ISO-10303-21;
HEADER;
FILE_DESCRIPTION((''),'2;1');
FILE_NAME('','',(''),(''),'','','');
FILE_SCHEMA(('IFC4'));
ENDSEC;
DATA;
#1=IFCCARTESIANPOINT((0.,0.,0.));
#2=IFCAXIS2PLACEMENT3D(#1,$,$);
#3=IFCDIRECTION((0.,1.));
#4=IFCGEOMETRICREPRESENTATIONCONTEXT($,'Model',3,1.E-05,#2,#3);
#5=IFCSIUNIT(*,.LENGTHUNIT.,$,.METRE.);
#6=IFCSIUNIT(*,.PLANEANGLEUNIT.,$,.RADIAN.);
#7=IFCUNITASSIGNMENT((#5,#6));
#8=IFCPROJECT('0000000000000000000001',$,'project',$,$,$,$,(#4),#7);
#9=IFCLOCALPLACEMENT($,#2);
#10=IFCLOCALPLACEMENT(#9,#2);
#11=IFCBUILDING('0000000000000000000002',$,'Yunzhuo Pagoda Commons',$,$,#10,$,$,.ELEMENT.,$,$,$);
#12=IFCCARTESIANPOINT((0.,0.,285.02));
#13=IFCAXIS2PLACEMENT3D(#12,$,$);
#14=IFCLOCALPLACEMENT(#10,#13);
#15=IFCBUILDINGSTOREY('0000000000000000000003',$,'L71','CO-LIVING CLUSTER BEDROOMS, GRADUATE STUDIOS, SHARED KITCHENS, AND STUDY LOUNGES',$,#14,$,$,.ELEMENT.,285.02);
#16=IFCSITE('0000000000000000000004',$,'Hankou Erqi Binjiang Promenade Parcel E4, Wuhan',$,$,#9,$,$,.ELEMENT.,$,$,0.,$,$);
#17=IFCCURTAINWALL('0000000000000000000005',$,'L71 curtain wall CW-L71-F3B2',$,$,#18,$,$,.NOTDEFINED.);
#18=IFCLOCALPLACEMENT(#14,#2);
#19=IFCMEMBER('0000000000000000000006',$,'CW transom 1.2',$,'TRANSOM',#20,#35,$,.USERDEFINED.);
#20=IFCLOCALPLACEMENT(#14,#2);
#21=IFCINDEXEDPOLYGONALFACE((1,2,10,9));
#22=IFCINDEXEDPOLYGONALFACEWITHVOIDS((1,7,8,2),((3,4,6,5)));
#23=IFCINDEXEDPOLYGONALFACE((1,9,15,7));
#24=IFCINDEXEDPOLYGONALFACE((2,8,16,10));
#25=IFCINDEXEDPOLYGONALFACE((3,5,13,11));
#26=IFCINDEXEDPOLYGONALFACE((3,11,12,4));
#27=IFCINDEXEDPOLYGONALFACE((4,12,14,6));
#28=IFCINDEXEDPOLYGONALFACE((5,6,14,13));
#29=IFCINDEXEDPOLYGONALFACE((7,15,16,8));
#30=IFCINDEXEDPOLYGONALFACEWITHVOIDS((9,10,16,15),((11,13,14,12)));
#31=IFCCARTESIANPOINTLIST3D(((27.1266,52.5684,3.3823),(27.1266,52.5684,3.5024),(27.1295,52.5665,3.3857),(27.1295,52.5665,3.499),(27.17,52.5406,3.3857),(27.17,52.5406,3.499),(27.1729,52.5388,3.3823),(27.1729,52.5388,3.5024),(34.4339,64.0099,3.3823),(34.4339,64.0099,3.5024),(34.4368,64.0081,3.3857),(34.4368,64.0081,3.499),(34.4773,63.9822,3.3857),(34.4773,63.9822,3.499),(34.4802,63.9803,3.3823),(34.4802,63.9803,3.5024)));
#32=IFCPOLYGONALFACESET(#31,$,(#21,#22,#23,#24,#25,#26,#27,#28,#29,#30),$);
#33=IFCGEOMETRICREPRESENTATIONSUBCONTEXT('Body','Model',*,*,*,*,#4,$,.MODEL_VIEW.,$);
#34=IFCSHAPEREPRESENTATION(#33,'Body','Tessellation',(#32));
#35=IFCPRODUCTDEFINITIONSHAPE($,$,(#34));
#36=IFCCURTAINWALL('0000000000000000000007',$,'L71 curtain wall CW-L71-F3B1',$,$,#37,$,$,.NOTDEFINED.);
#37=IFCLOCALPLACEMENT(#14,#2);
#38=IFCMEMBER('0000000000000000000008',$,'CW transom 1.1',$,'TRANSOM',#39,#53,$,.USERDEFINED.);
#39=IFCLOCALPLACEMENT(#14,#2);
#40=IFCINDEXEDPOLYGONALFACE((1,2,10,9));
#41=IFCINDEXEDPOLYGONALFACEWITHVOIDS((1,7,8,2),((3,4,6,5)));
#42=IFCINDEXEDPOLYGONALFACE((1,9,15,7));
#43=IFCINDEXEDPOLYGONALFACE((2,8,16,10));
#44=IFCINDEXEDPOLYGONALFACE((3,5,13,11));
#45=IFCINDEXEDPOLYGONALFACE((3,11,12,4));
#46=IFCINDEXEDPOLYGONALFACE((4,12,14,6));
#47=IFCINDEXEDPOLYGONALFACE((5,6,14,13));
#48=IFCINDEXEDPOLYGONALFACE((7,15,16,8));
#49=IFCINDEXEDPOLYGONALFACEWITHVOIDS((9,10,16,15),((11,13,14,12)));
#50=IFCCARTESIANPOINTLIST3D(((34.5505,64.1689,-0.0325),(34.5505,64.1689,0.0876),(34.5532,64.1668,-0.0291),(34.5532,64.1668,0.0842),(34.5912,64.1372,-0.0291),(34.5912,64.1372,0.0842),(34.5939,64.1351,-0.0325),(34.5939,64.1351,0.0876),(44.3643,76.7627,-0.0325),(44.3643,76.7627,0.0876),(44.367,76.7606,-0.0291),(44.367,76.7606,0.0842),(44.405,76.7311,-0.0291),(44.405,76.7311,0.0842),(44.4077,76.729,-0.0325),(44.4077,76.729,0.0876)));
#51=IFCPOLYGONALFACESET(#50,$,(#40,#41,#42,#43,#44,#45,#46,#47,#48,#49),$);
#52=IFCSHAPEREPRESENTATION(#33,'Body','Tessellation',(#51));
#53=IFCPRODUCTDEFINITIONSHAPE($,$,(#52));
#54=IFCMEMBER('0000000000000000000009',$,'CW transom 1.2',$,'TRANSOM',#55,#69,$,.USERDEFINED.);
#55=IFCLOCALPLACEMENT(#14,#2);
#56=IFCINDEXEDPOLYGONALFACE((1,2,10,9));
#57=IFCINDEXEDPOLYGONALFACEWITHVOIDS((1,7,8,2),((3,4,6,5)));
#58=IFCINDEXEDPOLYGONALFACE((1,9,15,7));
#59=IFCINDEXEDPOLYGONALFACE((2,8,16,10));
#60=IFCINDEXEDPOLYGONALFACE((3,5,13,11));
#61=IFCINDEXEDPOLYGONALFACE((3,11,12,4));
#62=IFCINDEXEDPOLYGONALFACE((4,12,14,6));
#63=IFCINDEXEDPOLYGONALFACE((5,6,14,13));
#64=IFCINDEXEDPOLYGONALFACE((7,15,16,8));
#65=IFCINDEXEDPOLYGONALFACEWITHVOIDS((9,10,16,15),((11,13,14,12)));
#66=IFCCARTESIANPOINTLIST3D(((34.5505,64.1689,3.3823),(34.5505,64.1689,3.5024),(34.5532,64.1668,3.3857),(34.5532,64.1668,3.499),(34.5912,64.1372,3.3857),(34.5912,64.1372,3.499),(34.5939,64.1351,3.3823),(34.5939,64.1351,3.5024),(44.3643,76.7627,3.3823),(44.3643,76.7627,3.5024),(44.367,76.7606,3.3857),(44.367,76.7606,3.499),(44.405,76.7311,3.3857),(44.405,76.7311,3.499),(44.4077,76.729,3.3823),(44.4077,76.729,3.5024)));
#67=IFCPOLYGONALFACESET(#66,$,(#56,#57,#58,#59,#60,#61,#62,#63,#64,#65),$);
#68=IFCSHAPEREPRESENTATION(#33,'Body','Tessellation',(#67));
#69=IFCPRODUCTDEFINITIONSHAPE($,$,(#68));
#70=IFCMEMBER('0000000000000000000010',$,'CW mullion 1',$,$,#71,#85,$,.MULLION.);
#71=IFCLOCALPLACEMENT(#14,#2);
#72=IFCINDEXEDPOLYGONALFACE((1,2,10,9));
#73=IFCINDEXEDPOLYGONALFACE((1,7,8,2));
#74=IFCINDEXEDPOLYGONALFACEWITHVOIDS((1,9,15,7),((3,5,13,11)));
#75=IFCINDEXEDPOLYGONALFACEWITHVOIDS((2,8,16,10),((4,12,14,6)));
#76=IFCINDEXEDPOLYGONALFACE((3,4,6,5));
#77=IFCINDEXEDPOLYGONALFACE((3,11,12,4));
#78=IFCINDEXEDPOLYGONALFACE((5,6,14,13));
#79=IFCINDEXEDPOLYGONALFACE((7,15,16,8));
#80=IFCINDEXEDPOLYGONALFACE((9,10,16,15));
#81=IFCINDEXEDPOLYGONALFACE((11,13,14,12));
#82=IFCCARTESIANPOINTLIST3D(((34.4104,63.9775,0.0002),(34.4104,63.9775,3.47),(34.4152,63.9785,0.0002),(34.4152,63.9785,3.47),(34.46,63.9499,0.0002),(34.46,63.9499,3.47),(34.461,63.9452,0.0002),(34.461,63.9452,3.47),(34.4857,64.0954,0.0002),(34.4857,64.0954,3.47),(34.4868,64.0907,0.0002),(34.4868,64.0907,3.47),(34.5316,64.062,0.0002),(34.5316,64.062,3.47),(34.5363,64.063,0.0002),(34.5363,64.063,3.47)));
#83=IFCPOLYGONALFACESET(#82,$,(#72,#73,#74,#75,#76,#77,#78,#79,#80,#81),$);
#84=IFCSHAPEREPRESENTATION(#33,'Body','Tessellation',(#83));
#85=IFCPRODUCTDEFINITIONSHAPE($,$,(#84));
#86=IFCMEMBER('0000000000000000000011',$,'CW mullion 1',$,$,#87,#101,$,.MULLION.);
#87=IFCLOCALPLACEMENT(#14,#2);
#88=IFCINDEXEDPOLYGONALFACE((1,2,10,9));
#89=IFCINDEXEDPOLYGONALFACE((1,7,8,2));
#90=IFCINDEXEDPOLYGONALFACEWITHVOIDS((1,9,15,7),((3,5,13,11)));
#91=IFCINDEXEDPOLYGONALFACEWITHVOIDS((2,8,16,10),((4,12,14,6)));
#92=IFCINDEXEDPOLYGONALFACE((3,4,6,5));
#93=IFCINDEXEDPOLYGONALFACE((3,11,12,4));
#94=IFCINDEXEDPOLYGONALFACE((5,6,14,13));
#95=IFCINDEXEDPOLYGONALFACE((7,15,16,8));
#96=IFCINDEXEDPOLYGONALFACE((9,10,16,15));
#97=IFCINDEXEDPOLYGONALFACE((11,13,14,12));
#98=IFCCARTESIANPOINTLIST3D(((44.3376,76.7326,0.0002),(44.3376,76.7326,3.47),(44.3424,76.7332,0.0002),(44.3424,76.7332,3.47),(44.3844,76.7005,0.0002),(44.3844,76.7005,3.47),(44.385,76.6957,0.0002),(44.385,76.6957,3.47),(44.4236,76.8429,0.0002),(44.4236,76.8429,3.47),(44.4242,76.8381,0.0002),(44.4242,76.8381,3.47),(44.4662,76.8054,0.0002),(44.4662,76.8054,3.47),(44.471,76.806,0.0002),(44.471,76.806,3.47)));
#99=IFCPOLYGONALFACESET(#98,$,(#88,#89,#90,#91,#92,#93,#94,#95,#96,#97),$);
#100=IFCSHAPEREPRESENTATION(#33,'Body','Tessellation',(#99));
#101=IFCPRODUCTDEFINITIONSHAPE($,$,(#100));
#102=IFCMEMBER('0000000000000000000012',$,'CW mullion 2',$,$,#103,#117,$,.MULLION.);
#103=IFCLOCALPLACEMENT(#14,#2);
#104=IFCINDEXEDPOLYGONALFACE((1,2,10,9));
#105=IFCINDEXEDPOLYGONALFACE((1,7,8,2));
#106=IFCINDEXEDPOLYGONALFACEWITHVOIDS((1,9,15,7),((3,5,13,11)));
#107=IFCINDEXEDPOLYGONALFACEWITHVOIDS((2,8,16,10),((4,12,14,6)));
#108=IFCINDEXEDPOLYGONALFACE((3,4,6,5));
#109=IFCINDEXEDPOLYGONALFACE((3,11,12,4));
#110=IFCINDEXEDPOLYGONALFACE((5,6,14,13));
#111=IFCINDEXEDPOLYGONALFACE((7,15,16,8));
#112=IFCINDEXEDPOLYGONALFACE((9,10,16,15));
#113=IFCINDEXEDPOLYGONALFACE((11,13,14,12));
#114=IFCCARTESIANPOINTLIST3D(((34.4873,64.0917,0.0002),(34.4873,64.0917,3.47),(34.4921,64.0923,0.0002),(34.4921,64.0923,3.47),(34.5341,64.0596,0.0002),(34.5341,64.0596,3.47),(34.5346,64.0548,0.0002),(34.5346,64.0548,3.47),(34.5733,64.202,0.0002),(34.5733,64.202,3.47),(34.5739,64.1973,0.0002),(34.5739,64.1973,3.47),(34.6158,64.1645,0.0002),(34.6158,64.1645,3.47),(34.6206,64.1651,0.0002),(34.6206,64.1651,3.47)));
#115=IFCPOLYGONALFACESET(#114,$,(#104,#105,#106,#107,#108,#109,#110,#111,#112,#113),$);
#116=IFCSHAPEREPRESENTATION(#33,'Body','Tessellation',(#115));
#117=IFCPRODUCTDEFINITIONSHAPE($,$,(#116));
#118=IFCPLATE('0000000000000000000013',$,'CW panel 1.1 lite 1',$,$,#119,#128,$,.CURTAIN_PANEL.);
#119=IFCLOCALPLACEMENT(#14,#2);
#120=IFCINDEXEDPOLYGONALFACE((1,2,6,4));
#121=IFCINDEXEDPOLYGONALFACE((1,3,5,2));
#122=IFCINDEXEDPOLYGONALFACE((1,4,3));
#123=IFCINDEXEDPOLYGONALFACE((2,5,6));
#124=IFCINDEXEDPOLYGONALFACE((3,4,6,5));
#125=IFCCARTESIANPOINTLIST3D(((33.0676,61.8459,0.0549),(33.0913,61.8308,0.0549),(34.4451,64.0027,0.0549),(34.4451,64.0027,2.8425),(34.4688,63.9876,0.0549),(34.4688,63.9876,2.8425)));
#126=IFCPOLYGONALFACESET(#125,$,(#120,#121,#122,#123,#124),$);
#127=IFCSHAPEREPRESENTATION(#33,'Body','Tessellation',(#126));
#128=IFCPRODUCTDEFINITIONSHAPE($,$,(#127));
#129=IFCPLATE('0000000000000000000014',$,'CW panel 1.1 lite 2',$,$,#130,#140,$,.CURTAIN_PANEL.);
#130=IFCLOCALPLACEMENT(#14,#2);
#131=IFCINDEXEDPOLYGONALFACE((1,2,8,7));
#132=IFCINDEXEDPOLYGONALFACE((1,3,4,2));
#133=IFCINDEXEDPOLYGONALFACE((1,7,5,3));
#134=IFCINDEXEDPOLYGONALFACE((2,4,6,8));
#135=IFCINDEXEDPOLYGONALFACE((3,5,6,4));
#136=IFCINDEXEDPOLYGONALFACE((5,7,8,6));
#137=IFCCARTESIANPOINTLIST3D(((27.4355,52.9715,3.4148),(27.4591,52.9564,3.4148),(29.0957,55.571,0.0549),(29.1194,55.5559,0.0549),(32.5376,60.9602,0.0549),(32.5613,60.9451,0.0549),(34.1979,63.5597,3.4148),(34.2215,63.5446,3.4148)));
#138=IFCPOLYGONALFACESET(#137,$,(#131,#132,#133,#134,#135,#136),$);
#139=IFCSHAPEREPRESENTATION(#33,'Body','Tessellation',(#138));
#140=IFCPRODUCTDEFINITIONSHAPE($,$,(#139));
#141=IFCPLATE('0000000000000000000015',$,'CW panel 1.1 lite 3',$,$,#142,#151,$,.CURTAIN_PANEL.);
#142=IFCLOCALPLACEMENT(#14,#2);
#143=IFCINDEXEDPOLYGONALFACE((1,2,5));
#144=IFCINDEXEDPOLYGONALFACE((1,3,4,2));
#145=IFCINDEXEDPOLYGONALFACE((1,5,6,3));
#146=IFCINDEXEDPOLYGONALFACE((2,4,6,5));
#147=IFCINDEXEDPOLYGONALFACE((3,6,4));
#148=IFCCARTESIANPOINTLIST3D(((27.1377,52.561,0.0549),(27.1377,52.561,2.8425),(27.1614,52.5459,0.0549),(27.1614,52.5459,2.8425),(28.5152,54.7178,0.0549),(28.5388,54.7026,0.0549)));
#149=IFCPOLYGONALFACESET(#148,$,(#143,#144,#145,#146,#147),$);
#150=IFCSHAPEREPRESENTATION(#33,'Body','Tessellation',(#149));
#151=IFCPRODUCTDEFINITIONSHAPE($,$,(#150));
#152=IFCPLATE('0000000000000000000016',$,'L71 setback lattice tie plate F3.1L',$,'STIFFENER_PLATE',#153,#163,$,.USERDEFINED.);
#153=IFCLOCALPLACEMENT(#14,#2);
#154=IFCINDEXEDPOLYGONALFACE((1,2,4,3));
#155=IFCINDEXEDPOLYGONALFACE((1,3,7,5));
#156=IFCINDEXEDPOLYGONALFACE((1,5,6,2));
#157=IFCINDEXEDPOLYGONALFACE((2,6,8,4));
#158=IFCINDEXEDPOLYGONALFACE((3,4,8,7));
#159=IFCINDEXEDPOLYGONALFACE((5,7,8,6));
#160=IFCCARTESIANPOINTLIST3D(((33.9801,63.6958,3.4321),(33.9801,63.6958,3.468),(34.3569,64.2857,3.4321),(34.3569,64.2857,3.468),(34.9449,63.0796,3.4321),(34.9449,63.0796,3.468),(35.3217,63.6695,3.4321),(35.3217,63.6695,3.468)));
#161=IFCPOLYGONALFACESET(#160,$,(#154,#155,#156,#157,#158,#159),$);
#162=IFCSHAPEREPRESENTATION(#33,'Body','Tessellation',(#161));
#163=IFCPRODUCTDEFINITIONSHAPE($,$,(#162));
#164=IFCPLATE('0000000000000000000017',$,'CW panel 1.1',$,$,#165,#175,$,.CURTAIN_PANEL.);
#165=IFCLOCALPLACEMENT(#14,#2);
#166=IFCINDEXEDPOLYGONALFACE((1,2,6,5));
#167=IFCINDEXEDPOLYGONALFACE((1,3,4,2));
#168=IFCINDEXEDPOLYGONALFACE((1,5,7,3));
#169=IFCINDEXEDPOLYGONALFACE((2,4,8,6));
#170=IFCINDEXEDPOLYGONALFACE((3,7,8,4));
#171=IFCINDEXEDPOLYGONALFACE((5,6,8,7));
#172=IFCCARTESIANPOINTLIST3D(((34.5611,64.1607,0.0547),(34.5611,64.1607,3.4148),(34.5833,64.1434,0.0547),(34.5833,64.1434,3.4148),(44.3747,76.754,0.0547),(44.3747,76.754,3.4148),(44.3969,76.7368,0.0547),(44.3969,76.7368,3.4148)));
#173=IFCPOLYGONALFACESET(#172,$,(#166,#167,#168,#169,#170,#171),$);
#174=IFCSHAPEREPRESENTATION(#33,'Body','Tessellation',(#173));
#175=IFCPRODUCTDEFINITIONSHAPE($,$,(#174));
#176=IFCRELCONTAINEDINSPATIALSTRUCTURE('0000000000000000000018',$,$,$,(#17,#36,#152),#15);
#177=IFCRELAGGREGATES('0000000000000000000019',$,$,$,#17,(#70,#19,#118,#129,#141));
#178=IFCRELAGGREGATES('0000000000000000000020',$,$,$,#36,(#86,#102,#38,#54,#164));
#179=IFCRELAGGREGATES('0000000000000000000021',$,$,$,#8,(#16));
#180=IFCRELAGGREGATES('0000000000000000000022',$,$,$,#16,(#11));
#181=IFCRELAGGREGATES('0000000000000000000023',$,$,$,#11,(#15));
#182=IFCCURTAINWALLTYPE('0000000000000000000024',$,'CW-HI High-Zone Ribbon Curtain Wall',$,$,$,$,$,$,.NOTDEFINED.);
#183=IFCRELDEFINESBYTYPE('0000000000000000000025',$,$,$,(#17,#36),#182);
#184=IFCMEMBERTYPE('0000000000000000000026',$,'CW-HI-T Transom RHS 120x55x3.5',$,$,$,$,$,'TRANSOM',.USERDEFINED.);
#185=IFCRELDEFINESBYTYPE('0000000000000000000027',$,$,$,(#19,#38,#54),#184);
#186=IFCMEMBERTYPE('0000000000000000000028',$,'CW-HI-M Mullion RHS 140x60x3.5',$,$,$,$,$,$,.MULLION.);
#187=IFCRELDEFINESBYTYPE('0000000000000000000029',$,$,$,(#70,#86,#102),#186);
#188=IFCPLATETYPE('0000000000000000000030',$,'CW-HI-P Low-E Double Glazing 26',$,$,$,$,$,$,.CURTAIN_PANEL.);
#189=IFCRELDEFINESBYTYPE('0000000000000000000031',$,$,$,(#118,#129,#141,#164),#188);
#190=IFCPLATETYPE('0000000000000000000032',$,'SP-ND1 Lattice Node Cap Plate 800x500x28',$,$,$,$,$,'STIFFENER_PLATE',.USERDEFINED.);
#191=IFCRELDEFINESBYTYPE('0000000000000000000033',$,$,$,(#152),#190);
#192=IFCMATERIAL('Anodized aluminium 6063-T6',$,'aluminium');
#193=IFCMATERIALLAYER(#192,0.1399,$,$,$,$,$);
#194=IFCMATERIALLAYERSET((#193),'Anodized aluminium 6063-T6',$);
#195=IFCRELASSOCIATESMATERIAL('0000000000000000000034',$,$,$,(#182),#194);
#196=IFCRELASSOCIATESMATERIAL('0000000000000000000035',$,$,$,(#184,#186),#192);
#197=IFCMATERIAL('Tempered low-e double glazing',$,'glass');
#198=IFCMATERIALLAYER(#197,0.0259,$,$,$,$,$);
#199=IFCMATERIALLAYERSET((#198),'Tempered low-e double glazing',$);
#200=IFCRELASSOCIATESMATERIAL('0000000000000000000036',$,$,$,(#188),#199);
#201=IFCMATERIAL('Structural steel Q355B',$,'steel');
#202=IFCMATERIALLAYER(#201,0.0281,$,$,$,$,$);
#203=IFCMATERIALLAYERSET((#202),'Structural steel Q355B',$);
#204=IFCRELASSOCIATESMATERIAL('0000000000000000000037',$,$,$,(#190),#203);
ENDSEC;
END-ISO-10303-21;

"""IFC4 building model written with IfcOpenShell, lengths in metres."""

from ifc_helpers import new_model, si_unit, direction, frame, origin, origin_2d, place, context, subcontext, project, spatial, polyline, rectangle, hollow_rectangle, outline, extrude, source, transform, mapped, material, layer, layer_set, material_profile, profile_set, type_object, element, aggregate, save


model = new_model("IFC4")

# Units and contexts
model_context = context("Model", 3, precision=1e-05, world=origin(), true_north=direction((0.0, 1.0)))
body_context = subcontext(model_context, "Body", "Model", "MODEL_VIEW")
ifc_project = project(units=[si_unit("LENGTHUNIT", "METRE"), si_unit("PLANEANGLEUNIT", "RADIAN")], contexts=[model_context])

# Site, building, storey
site_placement = place(None, origin())
site = spatial("IfcSite", under=ifc_project, at=site_placement, Name="Hankou Erqi Binjiang Promenade Parcel E4, Wuhan", CompositionType="ELEMENT", RefElevation=0.0)
building_placement = place(site_placement, origin())
building = spatial("IfcBuilding", under=site, at=building_placement, Name="Yunzhuo Pagoda Commons", CompositionType="ELEMENT")
storey_placement = place(building_placement, frame((0.0, 0.0, 285.02)))
storey = spatial("IfcBuildingStorey", under=building, at=storey_placement, Name="L71", Description="CO-LIVING CLUSTER BEDROOMS, GRADUATE STUDIOS, SHARED KITCHENS, AND STUDY LOUNGES", CompositionType="ELEMENT", Elevation=285.02)

# Shared definitions
ifc_material_1 = material(Name="Structural steel Q355B", Category="steel")

# Curtain walls, members
ifc_material_2 = material(Name="Anodized aluminium 6063-T6", Category="aluminium")
ifc_layer_1 = layer(ifc_material_2, 0.1399)
ifc_layer_set_1 = layer_set([ifc_layer_1], Name="Anodized aluminium 6063-T6")
curtain_wall_type = type_object("IfcCurtainWallType", Name="CW-HI High-Zone Ribbon Curtain Wall", PredefinedType="NOTDEFINED", material=ifc_layer_set_1)
curtain_wall_1_placement = place(storey_placement, origin())
curtain_wall_1 = element("IfcCurtainWall", 1, at=curtain_wall_1_placement, inside=storey, type_object=curtain_wall_type, Name="L71 curtain wall CW-L71-F3B2", PredefinedType="NOTDEFINED")
ifc_material_profile_1 = material_profile(ifc_material_2, hollow_rectangle(XDim=0.0549, YDim=0.1201, WallThickness=0.0034, at=origin_2d()), Name="Anodized aluminium 6063-T6")
ifc_profile_set_1 = profile_set([ifc_material_profile_1], Name="Anodized aluminium 6063-T6")
member_type_1 = type_object("IfcMemberType", Name="CW-HI-T Transom RHS 120x55x3.5", ElementType="TRANSOM", PredefinedType="USERDEFINED", material=ifc_profile_set_1)
shared_shape_1 = source(origin(), body_context, "Body", "SweptSolid", [
    extrude(hollow_rectangle(XDim=0.0549, YDim=0.1201, WallThickness=0.0034, at=origin_2d()), origin(), (0.0, 0.0, 1.0), 13.5759),
])
member_1_placement = place(storey_placement, frame((34.457, 63.9951, 3.4424), z_axis=(-0.538255, -0.842782, 0.0), x_axis=(0.842782, -0.538255, 0.0)))
member_1 = element("IfcMember", 2, at=member_1_placement, type_object=member_type_1, Name="CW transom 1.2", ObjectType="TRANSOM", PredefinedType="USERDEFINED", context=body_context, shape_type="MappedRepresentation", body=[
    mapped(shared_shape_1, transform((0.0, 0.0, 0.0), scale=1.0)),
])
curtain_wall_2_placement = place(storey_placement, origin())
curtain_wall_2 = element("IfcCurtainWall", 3, at=curtain_wall_2_placement, inside=storey, type_object=curtain_wall_type, Name="L71 curtain wall CW-L71-F3B1", PredefinedType="NOTDEFINED")
shared_shape_2 = source(origin(), body_context, "Body", "SweptSolid", [
    extrude(hollow_rectangle(XDim=0.0549, YDim=0.1201, WallThickness=0.0034, at=origin_2d()), origin(), (0.0, 0.0, 1.0), 15.9661),
])
member_2_placement = place(storey_placement, frame((44.386, 76.7458, 0.0276), z_axis=(-0.614666, -0.788788, 0.0), x_axis=(0.788788, -0.614666, 0.0)))
member_2 = element("IfcMember", 4, at=member_2_placement, type_object=member_type_1, Name="CW transom 1.1", ObjectType="TRANSOM", PredefinedType="USERDEFINED", context=body_context, shape_type="MappedRepresentation", body=[
    mapped(shared_shape_2, transform((0.0, 0.0, 0.0), scale=1.0)),
])
member_3_placement = place(storey_placement, frame((44.386, 76.7458, 3.4424), z_axis=(-0.614666, -0.788788, 0.0), x_axis=(0.788788, -0.614666, 0.0)))
member_3 = element("IfcMember", 5, at=member_3_placement, type_object=member_type_1, Name="CW transom 1.2", ObjectType="TRANSOM", PredefinedType="USERDEFINED", context=body_context, shape_type="MappedRepresentation", body=[
    mapped(shared_shape_2, transform((0.0, 0.0, 0.0), scale=1.0)),
])

# Members
ifc_material_profile_2 = material_profile(ifc_material_2, hollow_rectangle(XDim=0.0601, YDim=0.1399, WallThickness=0.0034, at=origin_2d()), Name="Anodized aluminium 6063-T6")
ifc_profile_set_2 = profile_set([ifc_material_profile_2], Name="Anodized aluminium 6063-T6")
member_type_2 = type_object("IfcMemberType", Name="CW-HI-M Mullion RHS 140x60x3.5", PredefinedType="MULLION", material=ifc_profile_set_2)
shared_shape_3 = source(origin(), body_context, "Body", "SweptSolid", [
    extrude(hollow_rectangle(XDim=0.0601, YDim=0.1399, WallThickness=0.0034, at=origin_2d()), origin(), (0.0, 0.0, 1.0), 3.4697),
])
member_4_placement = place(storey_placement, frame((34.4734, 64.0203, 0.0002), z_axis=(0.0, 0.0, 1.0), x_axis=(0.842779, -0.53826, 0.0)))
member_4 = element("IfcMember", 6, at=member_4_placement, type_object=member_type_2, Name="CW mullion 1", PredefinedType="MULLION", context=body_context, shape_type="MappedRepresentation", body=[
    mapped(shared_shape_3, transform((0.0, 0.0, 0.0), scale=1.0)),
])
member_5_placement = place(storey_placement, frame((44.4043, 76.7693, 0.0002), z_axis=(0.0, 0.0, 1.0), x_axis=(0.788783, -0.614672, 0.0)))
member_5 = element("IfcMember", 7, at=member_5_placement, type_object=member_type_2, Name="CW mullion 1", PredefinedType="MULLION", context=body_context, shape_type="MappedRepresentation", body=[
    mapped(shared_shape_3, transform((0.0, 0.0, 0.0), scale=1.0)),
])
member_6_placement = place(storey_placement, frame((34.554, 64.1284, 0.0002), z_axis=(0.0, 0.0, 1.0), x_axis=(0.788783, -0.614672, 0.0)))
member_6 = element("IfcMember", 8, at=member_6_placement, type_object=member_type_2, Name="CW mullion 2", PredefinedType="MULLION", context=body_context, shape_type="MappedRepresentation", body=[
    mapped(shared_shape_3, transform((0.0, 0.0, 0.0), scale=1.0)),
])

# Plates
ifc_material_3 = material(Name="Tempered low-e double glazing", Category="glass")
ifc_layer_2 = layer(ifc_material_3, 0.0259)
ifc_layer_set_2 = layer_set([ifc_layer_2], Name="Tempered low-e double glazing")
plate_type_1 = type_object("IfcPlateType", Name="CW-HI-P Low-E Double Glazing 26", PredefinedType="CURTAIN_PANEL", material=ifc_layer_set_2)
plate_1_placement = place(storey_placement, frame((33.78, 62.9092, 1.4487), z_axis=(-0.842779, 0.53826, 0.0), x_axis=(-0.53826, -0.842779, 0.0)))
plate_1 = element("IfcPlate", 9, at=plate_1_placement, type_object=plate_type_1, Name="CW panel 1.1 lite 1", PredefinedType="CURTAIN_PANEL", context=body_context, shape_type="SweptSolid", body=[
    extrude(outline(polyline([(-1.2795, -1.3938), (1.2795, -1.3938), (-1.2795, 1.3938), (-1.2795, -1.3938)])), origin(), (0.0, 0.0, 1.0), 0.0281),
])
plate_2_placement = place(storey_placement, frame((30.8403, 58.2505, 1.7349), z_axis=(-0.842779, 0.53826, 0.0), x_axis=(-0.53826, -0.842779, 0.0)))
plate_2 = element("IfcPlate", 10, at=plate_2_placement, type_object=plate_type_1, Name="CW panel 1.1 lite 2", PredefinedType="CURTAIN_PANEL", context=body_context, shape_type="SweptSolid", body=[
    extrude(outline(polyline([(-6.2817, 1.6799), (-3.1973, -1.6799), (3.1973, -1.6799), (6.2817, 1.6799), (-6.2817, 1.6799)])), origin(), (0.0, 0.0, 1.0), 0.0281),
])
plate_3_placement = place(storey_placement, frame((27.8501, 53.6243, 1.4487), z_axis=(-0.842779, 0.53826, 0.0), x_axis=(-0.53826, -0.842779, 0.0)))
plate_3 = element("IfcPlate", 11, at=plate_3_placement, type_object=plate_type_1, Name="CW panel 1.1 lite 3", PredefinedType="CURTAIN_PANEL", context=body_context, shape_type="SweptSolid", body=[
    extrude(outline(polyline([(-1.2795, -1.3938), (1.2795, -1.3938), (1.2795, 1.3938), (-1.2795, -1.3938)])), origin(), (0.0, 0.0, 1.0), 0.0281),
])
aggregate(curtain_wall_1, [member_4, member_1, plate_1, plate_2, plate_3])
ifc_layer_3 = layer(ifc_material_1, 0.0281)
ifc_layer_set_3 = layer_set([ifc_layer_3], Name="Structural steel Q355B")
plate_type_2 = type_object("IfcPlateType", Name="SP-ND1 Lattice Node Cap Plate 800x500x28", ElementType="STIFFENER_PLATE", PredefinedType="USERDEFINED", material=ifc_layer_set_3)
shared_shape_4 = source(origin(), body_context, "Body", "SweptSolid", [
    extrude(rectangle(XDim=0.7, YDim=1.1448, at=origin_2d()), origin(), (0.0, 0.0, 1.0), 0.0359),
])
plate_4_placement = place(storey_placement, frame((34.6509, 63.6826, 3.4321), z_axis=(0.0, 0.0, 1.0), x_axis=(-0.538256, -0.842781, 0.0)))
element("IfcPlate", 12, at=plate_4_placement, inside=storey, type_object=plate_type_2, Name="L71 setback lattice tie plate F3.1L", ObjectType="STIFFENER_PLATE", PredefinedType="USERDEFINED", context=body_context, shape_type="MappedRepresentation", body=[
    mapped(shared_shape_4, transform((0.0, 0.0, 0.0), scale=1.0)),
])
shared_shape_5 = source(origin(), body_context, "Body", "SweptSolid", [
    extrude(rectangle(XDim=15.9656, YDim=0.0281, at=origin_2d()), origin(), (0.0, 0.0, 1.0), 3.3601),
])
plate_5_placement = place(storey_placement, frame((39.479, 70.4487, 0.0547), z_axis=(0.0, 0.0, 1.0), x_axis=(-0.614672, -0.788783, 0.0)))
plate_5 = element("IfcPlate", 13, at=plate_5_placement, type_object=plate_type_1, Name="CW panel 1.1", PredefinedType="CURTAIN_PANEL", context=body_context, shape_type="MappedRepresentation", body=[
    mapped(shared_shape_5, transform((0.0, 0.0, 0.0), scale=1.0)),
])
aggregate(curtain_wall_2, [member_5, member_6, member_2, member_3, plate_5])

save(model, "model.ifc")
